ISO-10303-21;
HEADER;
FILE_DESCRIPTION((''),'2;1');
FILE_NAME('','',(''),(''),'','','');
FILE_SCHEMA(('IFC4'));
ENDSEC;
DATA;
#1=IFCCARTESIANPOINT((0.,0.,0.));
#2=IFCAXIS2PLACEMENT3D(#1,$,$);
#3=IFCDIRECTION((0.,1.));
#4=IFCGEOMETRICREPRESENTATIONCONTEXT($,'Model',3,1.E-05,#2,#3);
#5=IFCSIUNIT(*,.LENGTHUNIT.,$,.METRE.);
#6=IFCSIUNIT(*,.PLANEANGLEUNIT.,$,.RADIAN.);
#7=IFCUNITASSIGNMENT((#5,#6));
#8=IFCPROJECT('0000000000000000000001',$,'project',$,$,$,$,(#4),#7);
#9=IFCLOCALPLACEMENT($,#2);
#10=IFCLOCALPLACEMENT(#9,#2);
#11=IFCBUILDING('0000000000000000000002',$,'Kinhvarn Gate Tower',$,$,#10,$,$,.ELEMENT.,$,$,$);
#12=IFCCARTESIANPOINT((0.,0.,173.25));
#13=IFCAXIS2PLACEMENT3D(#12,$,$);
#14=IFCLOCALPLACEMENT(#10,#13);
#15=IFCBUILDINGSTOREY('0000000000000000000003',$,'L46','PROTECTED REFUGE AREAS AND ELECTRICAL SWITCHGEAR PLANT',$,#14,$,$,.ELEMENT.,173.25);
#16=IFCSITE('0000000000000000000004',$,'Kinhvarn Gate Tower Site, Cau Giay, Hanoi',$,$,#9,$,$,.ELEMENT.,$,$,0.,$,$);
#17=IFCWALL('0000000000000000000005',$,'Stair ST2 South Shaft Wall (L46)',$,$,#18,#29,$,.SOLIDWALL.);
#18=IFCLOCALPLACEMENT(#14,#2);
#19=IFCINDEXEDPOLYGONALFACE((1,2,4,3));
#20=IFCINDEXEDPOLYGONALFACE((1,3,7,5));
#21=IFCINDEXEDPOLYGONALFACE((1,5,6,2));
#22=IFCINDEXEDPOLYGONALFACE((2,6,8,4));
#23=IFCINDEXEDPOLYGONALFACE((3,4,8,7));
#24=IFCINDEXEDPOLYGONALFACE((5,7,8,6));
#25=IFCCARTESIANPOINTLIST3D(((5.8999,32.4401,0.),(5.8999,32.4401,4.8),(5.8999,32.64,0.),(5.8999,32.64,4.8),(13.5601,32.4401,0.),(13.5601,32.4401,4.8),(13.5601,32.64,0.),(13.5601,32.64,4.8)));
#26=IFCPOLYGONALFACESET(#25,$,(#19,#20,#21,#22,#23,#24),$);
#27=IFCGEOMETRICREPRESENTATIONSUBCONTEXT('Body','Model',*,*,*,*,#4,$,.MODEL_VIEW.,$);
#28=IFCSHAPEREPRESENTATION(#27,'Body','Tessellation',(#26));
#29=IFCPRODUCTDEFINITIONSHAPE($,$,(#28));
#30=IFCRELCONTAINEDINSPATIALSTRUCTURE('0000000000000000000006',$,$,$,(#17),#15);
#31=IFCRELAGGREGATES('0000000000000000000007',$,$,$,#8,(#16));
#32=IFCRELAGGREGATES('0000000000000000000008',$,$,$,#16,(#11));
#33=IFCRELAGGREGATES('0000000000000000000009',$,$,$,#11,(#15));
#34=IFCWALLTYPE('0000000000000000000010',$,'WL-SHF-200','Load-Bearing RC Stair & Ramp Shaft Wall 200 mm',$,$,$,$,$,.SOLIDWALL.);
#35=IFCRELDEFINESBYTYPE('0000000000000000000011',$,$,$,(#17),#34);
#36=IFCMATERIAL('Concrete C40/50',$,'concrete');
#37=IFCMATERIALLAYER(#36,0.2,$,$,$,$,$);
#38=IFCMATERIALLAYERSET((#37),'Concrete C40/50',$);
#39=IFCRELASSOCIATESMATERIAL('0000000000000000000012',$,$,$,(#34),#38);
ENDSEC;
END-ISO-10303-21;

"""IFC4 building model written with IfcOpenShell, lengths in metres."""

from ifc_helpers import new_model, si_unit, direction, frame, frame_2d, origin, place, context, subcontext, project, spatial, rectangle, extrude, material, layer, layer_set, type_object, element, save


model = new_model("IFC4")

# Units and contexts
model_context = context("Model", 3, precision=1e-05, world=origin(), true_north=direction((0.0, 1.0)))
body_context = subcontext(model_context, "Body", "Model", "MODEL_VIEW")
ifc_project = project(units=[si_unit("LENGTHUNIT", "METRE"), si_unit("PLANEANGLEUNIT", "RADIAN")], contexts=[model_context])

# Site, building, storey
site_placement = place(None, origin())
site = spatial("IfcSite", under=ifc_project, at=site_placement, Name="Kinhvarn Gate Tower Site, Cau Giay, Hanoi", CompositionType="ELEMENT", RefElevation=0.0)
building_placement = place(site_placement, origin())
building = spatial("IfcBuilding", under=site, at=building_placement, Name="Kinhvarn Gate Tower", CompositionType="ELEMENT")
storey_placement = place(building_placement, frame((0.0, 0.0, 173.25)))
storey = spatial("IfcBuildingStorey", under=building, at=storey_placement, Name="L46", Description="PROTECTED REFUGE AREAS AND ELECTRICAL SWITCHGEAR PLANT", CompositionType="ELEMENT", Elevation=173.25)

# Wall
ifc_material_1 = material(Name="Concrete C40/50", Category="concrete")
ifc_layer_1 = layer(ifc_material_1, 0.2)
ifc_layer_set_1 = layer_set([ifc_layer_1], Name="Concrete C40/50")
wall_type_1 = type_object("IfcWallType", Name="WL-SHF-200", Description="Load-Bearing RC Stair & Ramp Shaft Wall 200 mm", PredefinedType="SOLIDWALL", material=ifc_layer_set_1)
wall_1_placement = place(storey_placement, frame((5.8999, 32.54, 0.0), z_axis=(0.0, 0.0, 1.0), x_axis=(1.0, 0.0, 0.0)))
element("IfcWall", 1, at=wall_1_placement, inside=storey, type_object=wall_type_1, Name="Stair ST2 South Shaft Wall (L46)", PredefinedType="SOLIDWALL", context=body_context, shape_type="SweptSolid", body=[
    extrude(rectangle(XDim=7.6602, YDim=0.2, at=frame_2d((3.8301, 0.0))), origin(), (0.0, 0.0, 1.0), 4.8),
])

save(model, "model.ifc")
